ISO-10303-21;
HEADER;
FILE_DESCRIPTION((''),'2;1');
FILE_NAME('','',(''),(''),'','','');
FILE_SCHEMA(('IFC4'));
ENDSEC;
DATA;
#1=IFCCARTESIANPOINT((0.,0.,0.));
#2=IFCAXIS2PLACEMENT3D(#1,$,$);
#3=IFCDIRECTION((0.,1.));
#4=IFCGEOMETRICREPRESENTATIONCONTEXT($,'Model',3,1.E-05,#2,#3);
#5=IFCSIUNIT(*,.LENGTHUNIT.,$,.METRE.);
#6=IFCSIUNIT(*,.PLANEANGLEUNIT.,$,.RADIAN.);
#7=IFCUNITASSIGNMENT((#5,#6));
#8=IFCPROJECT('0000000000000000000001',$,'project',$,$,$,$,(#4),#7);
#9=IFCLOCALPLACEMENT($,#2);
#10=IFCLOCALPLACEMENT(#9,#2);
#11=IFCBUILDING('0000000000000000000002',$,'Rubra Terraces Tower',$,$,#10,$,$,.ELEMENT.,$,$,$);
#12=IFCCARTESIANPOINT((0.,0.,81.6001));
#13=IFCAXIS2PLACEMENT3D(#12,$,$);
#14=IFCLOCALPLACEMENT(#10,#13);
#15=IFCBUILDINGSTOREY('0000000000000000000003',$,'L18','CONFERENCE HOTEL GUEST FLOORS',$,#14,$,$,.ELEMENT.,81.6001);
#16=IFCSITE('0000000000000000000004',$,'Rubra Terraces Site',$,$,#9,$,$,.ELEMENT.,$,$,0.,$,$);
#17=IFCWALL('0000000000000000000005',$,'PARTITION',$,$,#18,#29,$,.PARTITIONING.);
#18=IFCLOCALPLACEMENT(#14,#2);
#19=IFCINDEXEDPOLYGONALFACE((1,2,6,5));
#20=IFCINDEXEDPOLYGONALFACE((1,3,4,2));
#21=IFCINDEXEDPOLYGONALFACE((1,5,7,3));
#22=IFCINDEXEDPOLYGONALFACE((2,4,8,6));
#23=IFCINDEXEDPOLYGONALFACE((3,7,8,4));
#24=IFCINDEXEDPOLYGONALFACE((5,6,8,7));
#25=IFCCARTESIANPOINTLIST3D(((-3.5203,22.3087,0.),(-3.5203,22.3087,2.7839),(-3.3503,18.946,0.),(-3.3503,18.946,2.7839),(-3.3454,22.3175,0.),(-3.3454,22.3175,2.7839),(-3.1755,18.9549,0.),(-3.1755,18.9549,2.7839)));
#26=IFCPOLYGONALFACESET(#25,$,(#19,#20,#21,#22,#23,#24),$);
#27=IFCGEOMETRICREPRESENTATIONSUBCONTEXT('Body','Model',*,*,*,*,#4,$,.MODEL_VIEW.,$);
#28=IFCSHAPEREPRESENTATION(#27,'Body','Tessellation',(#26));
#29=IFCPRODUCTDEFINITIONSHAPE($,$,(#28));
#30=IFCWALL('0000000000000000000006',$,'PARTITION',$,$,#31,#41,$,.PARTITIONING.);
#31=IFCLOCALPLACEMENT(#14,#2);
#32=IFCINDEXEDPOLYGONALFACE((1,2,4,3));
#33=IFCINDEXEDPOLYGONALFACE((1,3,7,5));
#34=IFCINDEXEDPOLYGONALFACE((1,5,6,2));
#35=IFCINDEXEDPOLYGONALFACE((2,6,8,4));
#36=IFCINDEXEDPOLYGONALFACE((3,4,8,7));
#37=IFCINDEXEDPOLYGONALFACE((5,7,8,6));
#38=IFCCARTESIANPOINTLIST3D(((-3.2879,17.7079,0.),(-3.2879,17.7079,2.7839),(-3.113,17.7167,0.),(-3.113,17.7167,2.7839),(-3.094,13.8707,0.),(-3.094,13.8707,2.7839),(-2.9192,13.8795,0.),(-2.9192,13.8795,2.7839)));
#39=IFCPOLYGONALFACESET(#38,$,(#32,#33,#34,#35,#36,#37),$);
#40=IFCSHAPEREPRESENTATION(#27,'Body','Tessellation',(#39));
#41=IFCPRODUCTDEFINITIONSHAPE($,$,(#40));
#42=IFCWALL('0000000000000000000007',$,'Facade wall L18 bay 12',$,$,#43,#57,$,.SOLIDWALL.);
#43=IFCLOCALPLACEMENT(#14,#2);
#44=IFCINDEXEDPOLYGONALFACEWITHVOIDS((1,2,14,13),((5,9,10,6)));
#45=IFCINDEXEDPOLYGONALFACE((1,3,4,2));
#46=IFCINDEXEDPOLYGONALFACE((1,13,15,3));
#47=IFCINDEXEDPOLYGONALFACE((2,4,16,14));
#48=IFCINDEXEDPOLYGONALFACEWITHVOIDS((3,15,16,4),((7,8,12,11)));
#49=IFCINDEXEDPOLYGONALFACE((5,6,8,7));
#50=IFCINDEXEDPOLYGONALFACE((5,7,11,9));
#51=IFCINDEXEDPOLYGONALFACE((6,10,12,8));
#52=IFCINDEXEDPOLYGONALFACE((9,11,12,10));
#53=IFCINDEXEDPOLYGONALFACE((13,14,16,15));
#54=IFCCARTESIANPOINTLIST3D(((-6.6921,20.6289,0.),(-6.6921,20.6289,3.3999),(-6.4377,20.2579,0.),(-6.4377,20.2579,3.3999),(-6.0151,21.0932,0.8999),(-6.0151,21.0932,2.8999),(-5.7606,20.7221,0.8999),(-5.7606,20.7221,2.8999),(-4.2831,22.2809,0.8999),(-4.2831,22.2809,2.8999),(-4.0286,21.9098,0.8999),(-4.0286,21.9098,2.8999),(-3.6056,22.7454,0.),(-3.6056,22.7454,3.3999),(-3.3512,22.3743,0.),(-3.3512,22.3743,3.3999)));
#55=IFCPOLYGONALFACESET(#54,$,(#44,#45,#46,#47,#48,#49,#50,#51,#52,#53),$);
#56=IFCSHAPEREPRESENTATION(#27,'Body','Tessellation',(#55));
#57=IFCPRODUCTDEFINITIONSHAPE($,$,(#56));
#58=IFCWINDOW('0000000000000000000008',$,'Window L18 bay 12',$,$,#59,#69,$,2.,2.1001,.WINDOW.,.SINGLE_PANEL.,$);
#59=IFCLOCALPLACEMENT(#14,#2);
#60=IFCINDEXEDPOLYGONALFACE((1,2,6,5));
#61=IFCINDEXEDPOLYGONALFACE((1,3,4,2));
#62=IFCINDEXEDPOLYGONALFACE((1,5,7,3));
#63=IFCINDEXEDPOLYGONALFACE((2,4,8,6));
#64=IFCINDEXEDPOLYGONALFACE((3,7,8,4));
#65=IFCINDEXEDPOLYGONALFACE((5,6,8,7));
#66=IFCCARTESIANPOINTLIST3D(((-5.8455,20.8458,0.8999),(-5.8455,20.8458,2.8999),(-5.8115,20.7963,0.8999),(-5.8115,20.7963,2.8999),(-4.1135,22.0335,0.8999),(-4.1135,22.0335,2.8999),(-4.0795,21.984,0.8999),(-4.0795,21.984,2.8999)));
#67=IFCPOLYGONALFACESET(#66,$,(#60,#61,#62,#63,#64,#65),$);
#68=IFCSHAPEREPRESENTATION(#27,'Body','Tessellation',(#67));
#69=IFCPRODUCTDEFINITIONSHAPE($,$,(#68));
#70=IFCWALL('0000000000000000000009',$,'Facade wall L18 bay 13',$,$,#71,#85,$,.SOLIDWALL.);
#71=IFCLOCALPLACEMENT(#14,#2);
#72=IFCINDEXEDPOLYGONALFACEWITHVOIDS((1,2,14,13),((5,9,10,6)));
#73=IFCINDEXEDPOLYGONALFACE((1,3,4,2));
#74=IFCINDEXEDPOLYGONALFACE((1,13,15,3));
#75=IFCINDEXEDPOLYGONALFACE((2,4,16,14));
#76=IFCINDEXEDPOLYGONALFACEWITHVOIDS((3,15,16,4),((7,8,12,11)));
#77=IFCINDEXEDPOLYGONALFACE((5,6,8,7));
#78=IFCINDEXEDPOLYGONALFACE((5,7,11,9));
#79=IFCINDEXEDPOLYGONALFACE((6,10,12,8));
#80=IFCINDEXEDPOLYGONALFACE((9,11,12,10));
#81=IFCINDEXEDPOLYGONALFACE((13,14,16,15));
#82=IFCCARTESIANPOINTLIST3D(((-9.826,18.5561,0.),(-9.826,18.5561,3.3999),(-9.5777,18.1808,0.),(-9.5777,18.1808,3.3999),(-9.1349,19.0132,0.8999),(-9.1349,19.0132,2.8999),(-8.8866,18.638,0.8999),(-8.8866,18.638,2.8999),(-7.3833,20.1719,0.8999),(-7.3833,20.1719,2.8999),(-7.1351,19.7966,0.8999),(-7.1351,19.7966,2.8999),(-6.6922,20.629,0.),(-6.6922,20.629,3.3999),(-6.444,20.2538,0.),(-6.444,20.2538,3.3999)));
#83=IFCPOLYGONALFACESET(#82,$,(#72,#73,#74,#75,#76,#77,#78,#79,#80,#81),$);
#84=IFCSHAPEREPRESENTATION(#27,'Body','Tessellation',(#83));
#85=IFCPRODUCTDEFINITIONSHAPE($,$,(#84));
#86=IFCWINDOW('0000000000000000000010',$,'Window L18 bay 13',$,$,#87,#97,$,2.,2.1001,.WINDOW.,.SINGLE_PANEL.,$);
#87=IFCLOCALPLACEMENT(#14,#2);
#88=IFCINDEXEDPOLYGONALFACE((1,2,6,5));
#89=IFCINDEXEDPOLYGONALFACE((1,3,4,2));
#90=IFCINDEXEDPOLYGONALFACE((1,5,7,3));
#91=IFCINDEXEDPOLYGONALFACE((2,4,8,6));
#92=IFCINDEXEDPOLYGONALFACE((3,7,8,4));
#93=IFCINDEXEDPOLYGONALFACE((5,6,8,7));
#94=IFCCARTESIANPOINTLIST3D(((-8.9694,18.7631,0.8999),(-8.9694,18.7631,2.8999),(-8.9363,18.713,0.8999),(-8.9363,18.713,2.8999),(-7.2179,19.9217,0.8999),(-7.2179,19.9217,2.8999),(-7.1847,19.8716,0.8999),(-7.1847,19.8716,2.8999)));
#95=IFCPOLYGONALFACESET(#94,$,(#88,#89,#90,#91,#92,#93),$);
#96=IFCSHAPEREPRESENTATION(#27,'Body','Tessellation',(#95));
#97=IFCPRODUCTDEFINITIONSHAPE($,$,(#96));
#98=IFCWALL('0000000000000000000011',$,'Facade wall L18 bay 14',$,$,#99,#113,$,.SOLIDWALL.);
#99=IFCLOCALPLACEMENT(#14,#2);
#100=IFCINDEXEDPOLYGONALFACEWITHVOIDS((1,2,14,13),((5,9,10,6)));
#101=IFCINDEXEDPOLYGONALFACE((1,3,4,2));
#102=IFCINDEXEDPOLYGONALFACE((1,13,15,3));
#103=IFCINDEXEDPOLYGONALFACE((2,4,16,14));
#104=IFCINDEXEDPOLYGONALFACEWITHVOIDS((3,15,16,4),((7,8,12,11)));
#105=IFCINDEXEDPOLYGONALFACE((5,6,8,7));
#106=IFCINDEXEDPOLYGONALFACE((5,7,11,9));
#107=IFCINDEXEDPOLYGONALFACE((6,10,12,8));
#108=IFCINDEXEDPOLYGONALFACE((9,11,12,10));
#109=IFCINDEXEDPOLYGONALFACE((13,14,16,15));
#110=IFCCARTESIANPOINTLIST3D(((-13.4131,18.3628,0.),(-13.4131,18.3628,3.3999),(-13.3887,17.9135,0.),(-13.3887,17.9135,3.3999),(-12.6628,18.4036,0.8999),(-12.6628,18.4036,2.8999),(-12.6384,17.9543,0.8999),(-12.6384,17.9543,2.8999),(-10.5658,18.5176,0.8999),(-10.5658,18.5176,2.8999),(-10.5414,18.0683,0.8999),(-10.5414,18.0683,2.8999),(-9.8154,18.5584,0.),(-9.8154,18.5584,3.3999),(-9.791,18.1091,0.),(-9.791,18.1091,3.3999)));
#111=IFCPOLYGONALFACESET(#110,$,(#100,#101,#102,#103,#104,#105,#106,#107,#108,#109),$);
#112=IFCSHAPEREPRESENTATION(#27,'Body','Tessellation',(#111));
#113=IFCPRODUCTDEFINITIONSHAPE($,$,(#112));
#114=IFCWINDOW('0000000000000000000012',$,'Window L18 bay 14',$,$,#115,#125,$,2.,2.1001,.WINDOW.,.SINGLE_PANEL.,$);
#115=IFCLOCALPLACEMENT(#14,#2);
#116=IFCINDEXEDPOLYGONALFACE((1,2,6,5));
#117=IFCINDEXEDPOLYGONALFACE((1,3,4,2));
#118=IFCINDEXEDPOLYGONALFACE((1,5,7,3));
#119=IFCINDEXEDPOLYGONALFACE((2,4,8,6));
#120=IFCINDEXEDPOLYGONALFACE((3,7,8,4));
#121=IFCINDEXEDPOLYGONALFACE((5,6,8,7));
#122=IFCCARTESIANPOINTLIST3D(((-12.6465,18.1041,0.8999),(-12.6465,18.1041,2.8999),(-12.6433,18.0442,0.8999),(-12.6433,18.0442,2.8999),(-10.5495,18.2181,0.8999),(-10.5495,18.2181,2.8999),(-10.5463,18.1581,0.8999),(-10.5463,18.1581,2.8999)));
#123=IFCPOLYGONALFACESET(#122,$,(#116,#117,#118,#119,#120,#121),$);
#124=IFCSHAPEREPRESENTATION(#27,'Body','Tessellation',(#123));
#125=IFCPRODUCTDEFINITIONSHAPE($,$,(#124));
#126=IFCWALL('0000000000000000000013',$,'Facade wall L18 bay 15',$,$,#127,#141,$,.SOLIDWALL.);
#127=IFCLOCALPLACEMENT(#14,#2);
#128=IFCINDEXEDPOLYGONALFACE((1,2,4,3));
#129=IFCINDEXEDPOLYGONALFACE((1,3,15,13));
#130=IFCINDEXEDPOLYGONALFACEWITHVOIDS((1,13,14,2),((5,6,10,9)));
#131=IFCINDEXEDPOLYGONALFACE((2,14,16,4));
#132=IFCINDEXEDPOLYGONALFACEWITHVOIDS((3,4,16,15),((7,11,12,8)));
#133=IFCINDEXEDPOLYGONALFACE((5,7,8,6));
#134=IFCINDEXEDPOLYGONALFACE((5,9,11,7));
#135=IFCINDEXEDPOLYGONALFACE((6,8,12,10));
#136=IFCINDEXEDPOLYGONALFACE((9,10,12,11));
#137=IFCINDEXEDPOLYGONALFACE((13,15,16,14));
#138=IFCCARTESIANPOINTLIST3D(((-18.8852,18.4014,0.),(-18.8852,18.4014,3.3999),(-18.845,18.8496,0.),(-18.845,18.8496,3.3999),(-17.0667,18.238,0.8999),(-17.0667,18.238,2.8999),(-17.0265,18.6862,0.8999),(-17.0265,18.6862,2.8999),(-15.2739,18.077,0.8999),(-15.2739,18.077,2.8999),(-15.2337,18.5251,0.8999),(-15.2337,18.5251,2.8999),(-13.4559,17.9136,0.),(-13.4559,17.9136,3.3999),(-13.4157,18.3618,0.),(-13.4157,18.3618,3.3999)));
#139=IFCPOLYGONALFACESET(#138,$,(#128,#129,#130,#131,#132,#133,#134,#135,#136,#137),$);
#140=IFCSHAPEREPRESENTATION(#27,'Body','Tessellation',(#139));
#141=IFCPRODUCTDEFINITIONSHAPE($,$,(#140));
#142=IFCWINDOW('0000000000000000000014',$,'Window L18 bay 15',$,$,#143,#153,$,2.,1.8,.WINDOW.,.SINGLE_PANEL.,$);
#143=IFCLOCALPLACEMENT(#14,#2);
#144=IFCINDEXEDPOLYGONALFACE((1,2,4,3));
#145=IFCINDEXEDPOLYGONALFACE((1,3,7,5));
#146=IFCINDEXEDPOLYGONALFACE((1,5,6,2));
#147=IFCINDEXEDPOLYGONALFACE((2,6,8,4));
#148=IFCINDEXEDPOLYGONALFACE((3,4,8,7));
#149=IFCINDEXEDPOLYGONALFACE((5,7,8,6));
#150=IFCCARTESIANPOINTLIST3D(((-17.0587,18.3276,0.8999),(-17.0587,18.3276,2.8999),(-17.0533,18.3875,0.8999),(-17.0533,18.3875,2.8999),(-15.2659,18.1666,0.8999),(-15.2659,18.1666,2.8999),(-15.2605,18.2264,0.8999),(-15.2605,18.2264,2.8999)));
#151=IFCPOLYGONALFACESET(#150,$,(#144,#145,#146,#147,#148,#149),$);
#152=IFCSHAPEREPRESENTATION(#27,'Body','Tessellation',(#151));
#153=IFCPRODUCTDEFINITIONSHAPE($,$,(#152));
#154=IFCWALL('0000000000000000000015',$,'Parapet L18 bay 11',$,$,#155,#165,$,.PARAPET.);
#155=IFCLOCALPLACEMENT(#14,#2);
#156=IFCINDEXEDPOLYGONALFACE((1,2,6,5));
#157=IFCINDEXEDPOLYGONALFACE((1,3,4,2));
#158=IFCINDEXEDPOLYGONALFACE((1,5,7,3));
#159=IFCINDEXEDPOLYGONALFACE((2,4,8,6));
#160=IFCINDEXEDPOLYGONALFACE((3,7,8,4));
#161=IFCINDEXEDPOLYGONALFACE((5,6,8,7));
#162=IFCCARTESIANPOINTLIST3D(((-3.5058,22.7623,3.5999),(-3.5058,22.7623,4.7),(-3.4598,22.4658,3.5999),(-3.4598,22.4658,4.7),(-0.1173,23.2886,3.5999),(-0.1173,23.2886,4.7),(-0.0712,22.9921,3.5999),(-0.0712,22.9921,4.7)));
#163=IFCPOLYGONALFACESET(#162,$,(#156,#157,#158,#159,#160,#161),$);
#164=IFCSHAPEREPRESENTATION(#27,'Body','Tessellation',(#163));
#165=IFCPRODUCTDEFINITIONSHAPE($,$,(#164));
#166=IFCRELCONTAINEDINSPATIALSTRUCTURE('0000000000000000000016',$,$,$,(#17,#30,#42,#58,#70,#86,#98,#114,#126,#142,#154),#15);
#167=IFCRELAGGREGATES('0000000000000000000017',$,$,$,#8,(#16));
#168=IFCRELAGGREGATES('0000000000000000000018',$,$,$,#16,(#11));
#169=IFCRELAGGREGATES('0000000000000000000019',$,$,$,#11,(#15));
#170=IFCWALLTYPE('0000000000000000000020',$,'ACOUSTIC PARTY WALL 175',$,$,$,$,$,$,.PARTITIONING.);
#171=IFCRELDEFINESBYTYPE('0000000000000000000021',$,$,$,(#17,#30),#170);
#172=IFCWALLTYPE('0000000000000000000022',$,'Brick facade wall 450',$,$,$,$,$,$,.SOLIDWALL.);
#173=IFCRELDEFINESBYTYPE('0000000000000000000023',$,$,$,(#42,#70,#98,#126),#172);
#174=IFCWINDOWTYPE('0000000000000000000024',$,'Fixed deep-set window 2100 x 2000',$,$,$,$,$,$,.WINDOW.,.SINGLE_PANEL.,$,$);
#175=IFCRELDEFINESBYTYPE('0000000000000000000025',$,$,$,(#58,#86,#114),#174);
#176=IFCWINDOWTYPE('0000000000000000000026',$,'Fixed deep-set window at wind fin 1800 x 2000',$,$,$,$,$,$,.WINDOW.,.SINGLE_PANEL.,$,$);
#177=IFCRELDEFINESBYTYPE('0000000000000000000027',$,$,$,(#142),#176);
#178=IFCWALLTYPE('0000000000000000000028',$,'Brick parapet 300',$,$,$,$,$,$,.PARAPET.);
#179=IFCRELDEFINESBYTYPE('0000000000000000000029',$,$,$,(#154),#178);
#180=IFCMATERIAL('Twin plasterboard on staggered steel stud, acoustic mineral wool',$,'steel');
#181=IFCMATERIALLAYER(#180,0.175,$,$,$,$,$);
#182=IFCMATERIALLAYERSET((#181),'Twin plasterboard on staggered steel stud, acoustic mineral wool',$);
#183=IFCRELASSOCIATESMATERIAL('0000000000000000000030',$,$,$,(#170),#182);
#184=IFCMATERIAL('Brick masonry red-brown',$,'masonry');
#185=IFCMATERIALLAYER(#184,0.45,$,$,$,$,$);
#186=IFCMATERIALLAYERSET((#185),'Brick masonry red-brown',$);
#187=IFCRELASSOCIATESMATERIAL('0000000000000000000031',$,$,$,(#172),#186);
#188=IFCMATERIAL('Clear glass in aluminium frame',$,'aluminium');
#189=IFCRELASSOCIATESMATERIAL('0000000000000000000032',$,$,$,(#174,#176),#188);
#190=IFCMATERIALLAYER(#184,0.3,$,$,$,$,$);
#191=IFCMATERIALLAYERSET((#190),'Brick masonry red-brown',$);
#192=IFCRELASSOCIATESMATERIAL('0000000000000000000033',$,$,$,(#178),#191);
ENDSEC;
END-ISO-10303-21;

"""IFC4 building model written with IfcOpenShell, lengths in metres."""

from ifc_helpers import new_model, si_unit, direction, frame, frame_2d, origin, place, context, subcontext, project, spatial, rectangle, extrude, material, layer, layer_set, type_object, element, fill, save


model = new_model("IFC4")

# Units and contexts
model_context = context("Model", 3, precision=1e-05, world=origin(), true_north=direction((0.0, 1.0)))
body_context = subcontext(model_context, "Body", "Model", "MODEL_VIEW")
ifc_project = project(units=[si_unit("LENGTHUNIT", "METRE"), si_unit("PLANEANGLEUNIT", "RADIAN")], contexts=[model_context])

# Site, building, storey
site_placement = place(None, origin())
site = spatial("IfcSite", under=ifc_project, at=site_placement, Name="Rubra Terraces Site", CompositionType="ELEMENT", RefElevation=0.0)
building_placement = place(site_placement, origin())
building = spatial("IfcBuilding", under=site, at=building_placement, Name="Rubra Terraces Tower", CompositionType="ELEMENT")
storey_placement = place(building_placement, frame((0.0, 0.0, 81.6001)))
storey = spatial("IfcBuildingStorey", under=building, at=storey_placement, Name="L18", Description="CONFERENCE HOTEL GUEST FLOORS", CompositionType="ELEMENT", Elevation=81.6001)

# Walls
ifc_material_1 = material(Name="Twin plasterboard on staggered steel stud, acoustic mineral wool", Category="steel")
ifc_layer_1 = layer(ifc_material_1, 0.175)
ifc_layer_set_1 = layer_set([ifc_layer_1], Name="Twin plasterboard on staggered steel stud, acoustic mineral wool")
wall_type_1 = type_object("IfcWallType", Name="ACOUSTIC PARTY WALL 175", PredefinedType="PARTITIONING", material=ifc_layer_set_1)
wall_1_placement = place(storey_placement, frame((-3.4329, 22.3132, 0.0), z_axis=(0.0, 0.0, 1.0), x_axis=(0.050469, -0.998726, 0.0)))
element("IfcWall", 1, at=wall_1_placement, inside=storey, type_object=wall_type_1, Name="PARTITION", PredefinedType="PARTITIONING", context=body_context, shape_type="SweptSolid", body=[
    extrude(rectangle(XDim=3.3669, YDim=0.175, at=frame_2d((1.6836, 0.0))), origin(), (0.0, 0.0, 1.0), 2.7839),
])
wall_2_placement = place(storey_placement, frame((-3.2004, 17.7122, 0.0), z_axis=(0.0, 0.0, 1.0), x_axis=(0.050454, -0.998726, 0.0)))
element("IfcWall", 2, at=wall_2_placement, inside=storey, type_object=wall_type_1, Name="PARTITION", PredefinedType="PARTITIONING", context=body_context, shape_type="SweptSolid", body=[
    extrude(rectangle(XDim=3.842, YDim=0.175, at=frame_2d((1.9209, 0.0))), origin(), (0.0, 0.0, 1.0), 2.7839),
])

# Walls, openings, windows
ifc_material_2 = material(Name="Brick masonry red-brown", Category="masonry")
ifc_layer_2 = layer(ifc_material_2, 0.45)
ifc_layer_set_2 = layer_set([ifc_layer_2], Name="Brick masonry red-brown")
wall_type_2 = type_object("IfcWallType", Name="Brick facade wall 450", PredefinedType="SOLIDWALL", material=ifc_layer_set_2)
wall_3_placement = place(storey_placement, frame((-3.4785, 22.5598, 0.0), z_axis=(0.0, 0.0, 1.0), x_axis=(-0.824723, -0.565537, 0.0)))
wall_3 = element("IfcWall", 3, at=wall_3_placement, inside=storey, type_object=wall_type_2, Name="Facade wall L18 bay 12", PredefinedType="SOLIDWALL", context=body_context, shape_type="SweptSolid", body=[
    extrude(rectangle(XDim=3.7424, YDim=0.45, at=frame_2d((1.8711, 0.0))), origin(), (0.0, 0.0, 1.0), 3.3999),
])
opening_1_placement = place(wall_3_placement, frame((0.8213, 0.0, 0.8999)))
opening_1 = element("IfcOpeningElement", 4, at=opening_1_placement, cuts=wall_3, PredefinedType="OPENING", context=body_context, shape_type="SweptSolid", body=[
    extrude(rectangle(XDim=2.1001, YDim=2.0, at=frame_2d((1.05, 1.0))), frame((0.0, 0.2349, 0.0), z_axis=(0.0, -1.0, 0.0), x_axis=(1.0, 0.0, 0.0)), (0.0, 0.0, 1.0), 0.47),
])
ifc_material_3 = material(Name="Clear glass in aluminium frame", Category="aluminium")
window_type_1 = type_object("IfcWindowType", Name="Fixed deep-set window 2100 x 2000", PartitioningType="SINGLE_PANEL", PredefinedType="WINDOW", material=ifc_material_3)
window_1_placement = place(opening_1_placement, origin())
window_1 = element("IfcWindow", 5, at=window_1_placement, inside=storey, type_object=window_type_1, Name="Window L18 bay 12", OverallHeight=2.0, OverallWidth=2.1001, PartitioningType="SINGLE_PANEL", PredefinedType="WINDOW", context=body_context, shape_type="SweptSolid", body=[
    extrude(rectangle(XDim=2.1001, YDim=2.0, at=frame_2d((1.05, 1.0))), frame((0.0, 0.135, 0.0), z_axis=(0.0, -1.0, 0.0), x_axis=(1.0, 0.0, 0.0)), (0.0, 0.0, 1.0), 0.0601),
])
fill(opening_1, window_1)
wall_4_placement = place(storey_placement, frame((-6.5681, 20.4414, 0.0), z_axis=(0.0, 0.0, 1.0), x_axis=(-0.834034, -0.551713, 0.0)))
wall_4 = element("IfcWall", 6, at=wall_4_placement, inside=storey, type_object=wall_type_2, Name="Facade wall L18 bay 13", PredefinedType="SOLIDWALL", context=body_context, shape_type="SweptSolid", body=[
    extrude(rectangle(XDim=3.7573, YDim=0.45, at=frame_2d((1.8787, 0.0))), origin(), (0.0, 0.0, 1.0), 3.3999),
])
opening_2_placement = place(wall_4_placement, frame((0.8286, 0.0, 0.8999)))
opening_2 = element("IfcOpeningElement", 7, at=opening_2_placement, cuts=wall_4, PredefinedType="OPENING", context=body_context, shape_type="SweptSolid", body=[
    extrude(rectangle(XDim=2.1001, YDim=2.0, at=frame_2d((1.05, 1.0))), frame((0.0, 0.2349, 0.0), z_axis=(0.0, -1.0, 0.0), x_axis=(1.0, 0.0, 0.0)), (0.0, 0.0, 1.0), 0.47),
])
window_2_placement = place(opening_2_placement, origin())
window_2 = element("IfcWindow", 8, at=window_2_placement, inside=storey, type_object=window_type_1, Name="Window L18 bay 13", OverallHeight=2.0, OverallWidth=2.1001, PartitioningType="SINGLE_PANEL", PredefinedType="WINDOW", context=body_context, shape_type="SweptSolid", body=[
    extrude(rectangle(XDim=2.1001, YDim=2.0, at=frame_2d((1.05, 1.0))), frame((0.0, 0.135, 0.0), z_axis=(0.0, -1.0, 0.0), x_axis=(1.0, 0.0, 0.0)), (0.0, 0.0, 1.0), 0.0601),
])
fill(opening_2, window_2)
wall_5_placement = place(storey_placement, frame((-9.8032, 18.3337, 0.0), z_axis=(0.0, 0.0, 1.0), x_axis=(-0.998526, -0.054277, 0.0)))
wall_5 = element("IfcWall", 9, at=wall_5_placement, inside=storey, type_object=wall_type_2, Name="Facade wall L18 bay 14", PredefinedType="SOLIDWALL", context=body_context, shape_type="SweptSolid", body=[
    extrude(rectangle(XDim=3.603, YDim=0.45, at=frame_2d((1.8015, 0.0))), origin(), (0.0, 0.0, 1.0), 3.3999),
])
opening_3_placement = place(wall_5_placement, frame((0.7515, 0.0, 0.8999)))
opening_3 = element("IfcOpeningElement", 10, at=opening_3_placement, cuts=wall_5, PredefinedType="OPENING", context=body_context, shape_type="SweptSolid", body=[
    extrude(rectangle(XDim=2.1001, YDim=2.0, at=frame_2d((1.05, 1.0))), frame((0.0, 0.2349, 0.0), z_axis=(0.0, -1.0, 0.0), x_axis=(1.0, 0.0, 0.0)), (0.0, 0.0, 1.0), 0.47),
])
window_3_placement = place(opening_3_placement, origin())
window_3 = element("IfcWindow", 11, at=window_3_placement, inside=storey, type_object=window_type_1, Name="Window L18 bay 14", OverallHeight=2.0, OverallWidth=2.1001, PartitioningType="SINGLE_PANEL", PredefinedType="WINDOW", context=body_context, shape_type="SweptSolid", body=[
    extrude(rectangle(XDim=2.1001, YDim=2.0, at=frame_2d((1.05, 1.0))), frame((0.0, 0.135, 0.0), z_axis=(0.0, -1.0, 0.0), x_axis=(1.0, 0.0, 0.0)), (0.0, 0.0, 1.0), 0.0601),
])
fill(opening_3, window_3)
wall_6_placement = place(storey_placement, frame((-13.4358, 18.1377, 0.0), z_axis=(0.0, 0.0, 1.0), x_axis=(-0.995988, 0.089486, 0.0)))
wall_6 = element("IfcWall", 12, at=wall_6_placement, inside=storey, type_object=wall_type_2, Name="Facade wall L18 bay 15", PredefinedType="SOLIDWALL", context=body_context, shape_type="SweptSolid", body=[
    extrude(rectangle(XDim=5.4512, YDim=0.45, at=frame_2d((2.7256, 0.0))), origin(), (0.0, 0.0, 1.0), 3.3999),
])
opening_4_placement = place(wall_6_placement, frame((1.8254, 0.0, 0.8999)))
opening_4 = element("IfcOpeningElement", 13, at=opening_4_placement, cuts=wall_6, PredefinedType="OPENING", context=body_context, shape_type="SweptSolid", body=[
    extrude(rectangle(XDim=1.8, YDim=2.0, at=frame_2d((0.8999, 1.0))), frame((0.0, 0.2349, 0.0), z_axis=(0.0, -1.0, 0.0), x_axis=(1.0, 0.0, 0.0)), (0.0, 0.0, 1.0), 0.47),
])
window_type_2 = type_object("IfcWindowType", Name="Fixed deep-set window at wind fin 1800 x 2000", PartitioningType="SINGLE_PANEL", PredefinedType="WINDOW", material=ifc_material_3)
window_4_placement = place(opening_4_placement, origin())
window_4 = element("IfcWindow", 14, at=window_4_placement, inside=storey, type_object=window_type_2, Name="Window L18 bay 15", OverallHeight=2.0, OverallWidth=1.8, PartitioningType="SINGLE_PANEL", PredefinedType="WINDOW", context=body_context, shape_type="SweptSolid", body=[
    extrude(rectangle(XDim=1.8, YDim=2.0, at=frame_2d((0.8999, 1.0))), frame((0.0, 0.135, 0.0), z_axis=(0.0, -1.0, 0.0), x_axis=(1.0, 0.0, 0.0)), (0.0, 0.0, 1.0), 0.0601),
])
fill(opening_4, window_4)

# Wall
ifc_layer_3 = layer(ifc_material_2, 0.3)
ifc_layer_set_3 = layer_set([ifc_layer_3], Name="Brick masonry red-brown")
wall_type_3 = type_object("IfcWallType", Name="Brick parapet 300", PredefinedType="PARAPET", material=ifc_layer_set_3)
wall_7_placement = place(storey_placement, frame((-0.0942, 23.1404, 3.5999), z_axis=(0.0, 0.0, 1.0), x_axis=(-0.98815, -0.153491, 0.0)))
element("IfcWall", 15, at=wall_7_placement, inside=storey, type_object=wall_type_3, Name="Parapet L18 bay 11", PredefinedType="PARAPET", context=body_context, shape_type="SweptSolid", body=[
    extrude(rectangle(XDim=3.4292, YDim=0.3, at=frame_2d((1.7146, 0.0))), origin(), (0.0, 0.0, 1.0), 1.1001),
])

save(model, "model.ifc")
